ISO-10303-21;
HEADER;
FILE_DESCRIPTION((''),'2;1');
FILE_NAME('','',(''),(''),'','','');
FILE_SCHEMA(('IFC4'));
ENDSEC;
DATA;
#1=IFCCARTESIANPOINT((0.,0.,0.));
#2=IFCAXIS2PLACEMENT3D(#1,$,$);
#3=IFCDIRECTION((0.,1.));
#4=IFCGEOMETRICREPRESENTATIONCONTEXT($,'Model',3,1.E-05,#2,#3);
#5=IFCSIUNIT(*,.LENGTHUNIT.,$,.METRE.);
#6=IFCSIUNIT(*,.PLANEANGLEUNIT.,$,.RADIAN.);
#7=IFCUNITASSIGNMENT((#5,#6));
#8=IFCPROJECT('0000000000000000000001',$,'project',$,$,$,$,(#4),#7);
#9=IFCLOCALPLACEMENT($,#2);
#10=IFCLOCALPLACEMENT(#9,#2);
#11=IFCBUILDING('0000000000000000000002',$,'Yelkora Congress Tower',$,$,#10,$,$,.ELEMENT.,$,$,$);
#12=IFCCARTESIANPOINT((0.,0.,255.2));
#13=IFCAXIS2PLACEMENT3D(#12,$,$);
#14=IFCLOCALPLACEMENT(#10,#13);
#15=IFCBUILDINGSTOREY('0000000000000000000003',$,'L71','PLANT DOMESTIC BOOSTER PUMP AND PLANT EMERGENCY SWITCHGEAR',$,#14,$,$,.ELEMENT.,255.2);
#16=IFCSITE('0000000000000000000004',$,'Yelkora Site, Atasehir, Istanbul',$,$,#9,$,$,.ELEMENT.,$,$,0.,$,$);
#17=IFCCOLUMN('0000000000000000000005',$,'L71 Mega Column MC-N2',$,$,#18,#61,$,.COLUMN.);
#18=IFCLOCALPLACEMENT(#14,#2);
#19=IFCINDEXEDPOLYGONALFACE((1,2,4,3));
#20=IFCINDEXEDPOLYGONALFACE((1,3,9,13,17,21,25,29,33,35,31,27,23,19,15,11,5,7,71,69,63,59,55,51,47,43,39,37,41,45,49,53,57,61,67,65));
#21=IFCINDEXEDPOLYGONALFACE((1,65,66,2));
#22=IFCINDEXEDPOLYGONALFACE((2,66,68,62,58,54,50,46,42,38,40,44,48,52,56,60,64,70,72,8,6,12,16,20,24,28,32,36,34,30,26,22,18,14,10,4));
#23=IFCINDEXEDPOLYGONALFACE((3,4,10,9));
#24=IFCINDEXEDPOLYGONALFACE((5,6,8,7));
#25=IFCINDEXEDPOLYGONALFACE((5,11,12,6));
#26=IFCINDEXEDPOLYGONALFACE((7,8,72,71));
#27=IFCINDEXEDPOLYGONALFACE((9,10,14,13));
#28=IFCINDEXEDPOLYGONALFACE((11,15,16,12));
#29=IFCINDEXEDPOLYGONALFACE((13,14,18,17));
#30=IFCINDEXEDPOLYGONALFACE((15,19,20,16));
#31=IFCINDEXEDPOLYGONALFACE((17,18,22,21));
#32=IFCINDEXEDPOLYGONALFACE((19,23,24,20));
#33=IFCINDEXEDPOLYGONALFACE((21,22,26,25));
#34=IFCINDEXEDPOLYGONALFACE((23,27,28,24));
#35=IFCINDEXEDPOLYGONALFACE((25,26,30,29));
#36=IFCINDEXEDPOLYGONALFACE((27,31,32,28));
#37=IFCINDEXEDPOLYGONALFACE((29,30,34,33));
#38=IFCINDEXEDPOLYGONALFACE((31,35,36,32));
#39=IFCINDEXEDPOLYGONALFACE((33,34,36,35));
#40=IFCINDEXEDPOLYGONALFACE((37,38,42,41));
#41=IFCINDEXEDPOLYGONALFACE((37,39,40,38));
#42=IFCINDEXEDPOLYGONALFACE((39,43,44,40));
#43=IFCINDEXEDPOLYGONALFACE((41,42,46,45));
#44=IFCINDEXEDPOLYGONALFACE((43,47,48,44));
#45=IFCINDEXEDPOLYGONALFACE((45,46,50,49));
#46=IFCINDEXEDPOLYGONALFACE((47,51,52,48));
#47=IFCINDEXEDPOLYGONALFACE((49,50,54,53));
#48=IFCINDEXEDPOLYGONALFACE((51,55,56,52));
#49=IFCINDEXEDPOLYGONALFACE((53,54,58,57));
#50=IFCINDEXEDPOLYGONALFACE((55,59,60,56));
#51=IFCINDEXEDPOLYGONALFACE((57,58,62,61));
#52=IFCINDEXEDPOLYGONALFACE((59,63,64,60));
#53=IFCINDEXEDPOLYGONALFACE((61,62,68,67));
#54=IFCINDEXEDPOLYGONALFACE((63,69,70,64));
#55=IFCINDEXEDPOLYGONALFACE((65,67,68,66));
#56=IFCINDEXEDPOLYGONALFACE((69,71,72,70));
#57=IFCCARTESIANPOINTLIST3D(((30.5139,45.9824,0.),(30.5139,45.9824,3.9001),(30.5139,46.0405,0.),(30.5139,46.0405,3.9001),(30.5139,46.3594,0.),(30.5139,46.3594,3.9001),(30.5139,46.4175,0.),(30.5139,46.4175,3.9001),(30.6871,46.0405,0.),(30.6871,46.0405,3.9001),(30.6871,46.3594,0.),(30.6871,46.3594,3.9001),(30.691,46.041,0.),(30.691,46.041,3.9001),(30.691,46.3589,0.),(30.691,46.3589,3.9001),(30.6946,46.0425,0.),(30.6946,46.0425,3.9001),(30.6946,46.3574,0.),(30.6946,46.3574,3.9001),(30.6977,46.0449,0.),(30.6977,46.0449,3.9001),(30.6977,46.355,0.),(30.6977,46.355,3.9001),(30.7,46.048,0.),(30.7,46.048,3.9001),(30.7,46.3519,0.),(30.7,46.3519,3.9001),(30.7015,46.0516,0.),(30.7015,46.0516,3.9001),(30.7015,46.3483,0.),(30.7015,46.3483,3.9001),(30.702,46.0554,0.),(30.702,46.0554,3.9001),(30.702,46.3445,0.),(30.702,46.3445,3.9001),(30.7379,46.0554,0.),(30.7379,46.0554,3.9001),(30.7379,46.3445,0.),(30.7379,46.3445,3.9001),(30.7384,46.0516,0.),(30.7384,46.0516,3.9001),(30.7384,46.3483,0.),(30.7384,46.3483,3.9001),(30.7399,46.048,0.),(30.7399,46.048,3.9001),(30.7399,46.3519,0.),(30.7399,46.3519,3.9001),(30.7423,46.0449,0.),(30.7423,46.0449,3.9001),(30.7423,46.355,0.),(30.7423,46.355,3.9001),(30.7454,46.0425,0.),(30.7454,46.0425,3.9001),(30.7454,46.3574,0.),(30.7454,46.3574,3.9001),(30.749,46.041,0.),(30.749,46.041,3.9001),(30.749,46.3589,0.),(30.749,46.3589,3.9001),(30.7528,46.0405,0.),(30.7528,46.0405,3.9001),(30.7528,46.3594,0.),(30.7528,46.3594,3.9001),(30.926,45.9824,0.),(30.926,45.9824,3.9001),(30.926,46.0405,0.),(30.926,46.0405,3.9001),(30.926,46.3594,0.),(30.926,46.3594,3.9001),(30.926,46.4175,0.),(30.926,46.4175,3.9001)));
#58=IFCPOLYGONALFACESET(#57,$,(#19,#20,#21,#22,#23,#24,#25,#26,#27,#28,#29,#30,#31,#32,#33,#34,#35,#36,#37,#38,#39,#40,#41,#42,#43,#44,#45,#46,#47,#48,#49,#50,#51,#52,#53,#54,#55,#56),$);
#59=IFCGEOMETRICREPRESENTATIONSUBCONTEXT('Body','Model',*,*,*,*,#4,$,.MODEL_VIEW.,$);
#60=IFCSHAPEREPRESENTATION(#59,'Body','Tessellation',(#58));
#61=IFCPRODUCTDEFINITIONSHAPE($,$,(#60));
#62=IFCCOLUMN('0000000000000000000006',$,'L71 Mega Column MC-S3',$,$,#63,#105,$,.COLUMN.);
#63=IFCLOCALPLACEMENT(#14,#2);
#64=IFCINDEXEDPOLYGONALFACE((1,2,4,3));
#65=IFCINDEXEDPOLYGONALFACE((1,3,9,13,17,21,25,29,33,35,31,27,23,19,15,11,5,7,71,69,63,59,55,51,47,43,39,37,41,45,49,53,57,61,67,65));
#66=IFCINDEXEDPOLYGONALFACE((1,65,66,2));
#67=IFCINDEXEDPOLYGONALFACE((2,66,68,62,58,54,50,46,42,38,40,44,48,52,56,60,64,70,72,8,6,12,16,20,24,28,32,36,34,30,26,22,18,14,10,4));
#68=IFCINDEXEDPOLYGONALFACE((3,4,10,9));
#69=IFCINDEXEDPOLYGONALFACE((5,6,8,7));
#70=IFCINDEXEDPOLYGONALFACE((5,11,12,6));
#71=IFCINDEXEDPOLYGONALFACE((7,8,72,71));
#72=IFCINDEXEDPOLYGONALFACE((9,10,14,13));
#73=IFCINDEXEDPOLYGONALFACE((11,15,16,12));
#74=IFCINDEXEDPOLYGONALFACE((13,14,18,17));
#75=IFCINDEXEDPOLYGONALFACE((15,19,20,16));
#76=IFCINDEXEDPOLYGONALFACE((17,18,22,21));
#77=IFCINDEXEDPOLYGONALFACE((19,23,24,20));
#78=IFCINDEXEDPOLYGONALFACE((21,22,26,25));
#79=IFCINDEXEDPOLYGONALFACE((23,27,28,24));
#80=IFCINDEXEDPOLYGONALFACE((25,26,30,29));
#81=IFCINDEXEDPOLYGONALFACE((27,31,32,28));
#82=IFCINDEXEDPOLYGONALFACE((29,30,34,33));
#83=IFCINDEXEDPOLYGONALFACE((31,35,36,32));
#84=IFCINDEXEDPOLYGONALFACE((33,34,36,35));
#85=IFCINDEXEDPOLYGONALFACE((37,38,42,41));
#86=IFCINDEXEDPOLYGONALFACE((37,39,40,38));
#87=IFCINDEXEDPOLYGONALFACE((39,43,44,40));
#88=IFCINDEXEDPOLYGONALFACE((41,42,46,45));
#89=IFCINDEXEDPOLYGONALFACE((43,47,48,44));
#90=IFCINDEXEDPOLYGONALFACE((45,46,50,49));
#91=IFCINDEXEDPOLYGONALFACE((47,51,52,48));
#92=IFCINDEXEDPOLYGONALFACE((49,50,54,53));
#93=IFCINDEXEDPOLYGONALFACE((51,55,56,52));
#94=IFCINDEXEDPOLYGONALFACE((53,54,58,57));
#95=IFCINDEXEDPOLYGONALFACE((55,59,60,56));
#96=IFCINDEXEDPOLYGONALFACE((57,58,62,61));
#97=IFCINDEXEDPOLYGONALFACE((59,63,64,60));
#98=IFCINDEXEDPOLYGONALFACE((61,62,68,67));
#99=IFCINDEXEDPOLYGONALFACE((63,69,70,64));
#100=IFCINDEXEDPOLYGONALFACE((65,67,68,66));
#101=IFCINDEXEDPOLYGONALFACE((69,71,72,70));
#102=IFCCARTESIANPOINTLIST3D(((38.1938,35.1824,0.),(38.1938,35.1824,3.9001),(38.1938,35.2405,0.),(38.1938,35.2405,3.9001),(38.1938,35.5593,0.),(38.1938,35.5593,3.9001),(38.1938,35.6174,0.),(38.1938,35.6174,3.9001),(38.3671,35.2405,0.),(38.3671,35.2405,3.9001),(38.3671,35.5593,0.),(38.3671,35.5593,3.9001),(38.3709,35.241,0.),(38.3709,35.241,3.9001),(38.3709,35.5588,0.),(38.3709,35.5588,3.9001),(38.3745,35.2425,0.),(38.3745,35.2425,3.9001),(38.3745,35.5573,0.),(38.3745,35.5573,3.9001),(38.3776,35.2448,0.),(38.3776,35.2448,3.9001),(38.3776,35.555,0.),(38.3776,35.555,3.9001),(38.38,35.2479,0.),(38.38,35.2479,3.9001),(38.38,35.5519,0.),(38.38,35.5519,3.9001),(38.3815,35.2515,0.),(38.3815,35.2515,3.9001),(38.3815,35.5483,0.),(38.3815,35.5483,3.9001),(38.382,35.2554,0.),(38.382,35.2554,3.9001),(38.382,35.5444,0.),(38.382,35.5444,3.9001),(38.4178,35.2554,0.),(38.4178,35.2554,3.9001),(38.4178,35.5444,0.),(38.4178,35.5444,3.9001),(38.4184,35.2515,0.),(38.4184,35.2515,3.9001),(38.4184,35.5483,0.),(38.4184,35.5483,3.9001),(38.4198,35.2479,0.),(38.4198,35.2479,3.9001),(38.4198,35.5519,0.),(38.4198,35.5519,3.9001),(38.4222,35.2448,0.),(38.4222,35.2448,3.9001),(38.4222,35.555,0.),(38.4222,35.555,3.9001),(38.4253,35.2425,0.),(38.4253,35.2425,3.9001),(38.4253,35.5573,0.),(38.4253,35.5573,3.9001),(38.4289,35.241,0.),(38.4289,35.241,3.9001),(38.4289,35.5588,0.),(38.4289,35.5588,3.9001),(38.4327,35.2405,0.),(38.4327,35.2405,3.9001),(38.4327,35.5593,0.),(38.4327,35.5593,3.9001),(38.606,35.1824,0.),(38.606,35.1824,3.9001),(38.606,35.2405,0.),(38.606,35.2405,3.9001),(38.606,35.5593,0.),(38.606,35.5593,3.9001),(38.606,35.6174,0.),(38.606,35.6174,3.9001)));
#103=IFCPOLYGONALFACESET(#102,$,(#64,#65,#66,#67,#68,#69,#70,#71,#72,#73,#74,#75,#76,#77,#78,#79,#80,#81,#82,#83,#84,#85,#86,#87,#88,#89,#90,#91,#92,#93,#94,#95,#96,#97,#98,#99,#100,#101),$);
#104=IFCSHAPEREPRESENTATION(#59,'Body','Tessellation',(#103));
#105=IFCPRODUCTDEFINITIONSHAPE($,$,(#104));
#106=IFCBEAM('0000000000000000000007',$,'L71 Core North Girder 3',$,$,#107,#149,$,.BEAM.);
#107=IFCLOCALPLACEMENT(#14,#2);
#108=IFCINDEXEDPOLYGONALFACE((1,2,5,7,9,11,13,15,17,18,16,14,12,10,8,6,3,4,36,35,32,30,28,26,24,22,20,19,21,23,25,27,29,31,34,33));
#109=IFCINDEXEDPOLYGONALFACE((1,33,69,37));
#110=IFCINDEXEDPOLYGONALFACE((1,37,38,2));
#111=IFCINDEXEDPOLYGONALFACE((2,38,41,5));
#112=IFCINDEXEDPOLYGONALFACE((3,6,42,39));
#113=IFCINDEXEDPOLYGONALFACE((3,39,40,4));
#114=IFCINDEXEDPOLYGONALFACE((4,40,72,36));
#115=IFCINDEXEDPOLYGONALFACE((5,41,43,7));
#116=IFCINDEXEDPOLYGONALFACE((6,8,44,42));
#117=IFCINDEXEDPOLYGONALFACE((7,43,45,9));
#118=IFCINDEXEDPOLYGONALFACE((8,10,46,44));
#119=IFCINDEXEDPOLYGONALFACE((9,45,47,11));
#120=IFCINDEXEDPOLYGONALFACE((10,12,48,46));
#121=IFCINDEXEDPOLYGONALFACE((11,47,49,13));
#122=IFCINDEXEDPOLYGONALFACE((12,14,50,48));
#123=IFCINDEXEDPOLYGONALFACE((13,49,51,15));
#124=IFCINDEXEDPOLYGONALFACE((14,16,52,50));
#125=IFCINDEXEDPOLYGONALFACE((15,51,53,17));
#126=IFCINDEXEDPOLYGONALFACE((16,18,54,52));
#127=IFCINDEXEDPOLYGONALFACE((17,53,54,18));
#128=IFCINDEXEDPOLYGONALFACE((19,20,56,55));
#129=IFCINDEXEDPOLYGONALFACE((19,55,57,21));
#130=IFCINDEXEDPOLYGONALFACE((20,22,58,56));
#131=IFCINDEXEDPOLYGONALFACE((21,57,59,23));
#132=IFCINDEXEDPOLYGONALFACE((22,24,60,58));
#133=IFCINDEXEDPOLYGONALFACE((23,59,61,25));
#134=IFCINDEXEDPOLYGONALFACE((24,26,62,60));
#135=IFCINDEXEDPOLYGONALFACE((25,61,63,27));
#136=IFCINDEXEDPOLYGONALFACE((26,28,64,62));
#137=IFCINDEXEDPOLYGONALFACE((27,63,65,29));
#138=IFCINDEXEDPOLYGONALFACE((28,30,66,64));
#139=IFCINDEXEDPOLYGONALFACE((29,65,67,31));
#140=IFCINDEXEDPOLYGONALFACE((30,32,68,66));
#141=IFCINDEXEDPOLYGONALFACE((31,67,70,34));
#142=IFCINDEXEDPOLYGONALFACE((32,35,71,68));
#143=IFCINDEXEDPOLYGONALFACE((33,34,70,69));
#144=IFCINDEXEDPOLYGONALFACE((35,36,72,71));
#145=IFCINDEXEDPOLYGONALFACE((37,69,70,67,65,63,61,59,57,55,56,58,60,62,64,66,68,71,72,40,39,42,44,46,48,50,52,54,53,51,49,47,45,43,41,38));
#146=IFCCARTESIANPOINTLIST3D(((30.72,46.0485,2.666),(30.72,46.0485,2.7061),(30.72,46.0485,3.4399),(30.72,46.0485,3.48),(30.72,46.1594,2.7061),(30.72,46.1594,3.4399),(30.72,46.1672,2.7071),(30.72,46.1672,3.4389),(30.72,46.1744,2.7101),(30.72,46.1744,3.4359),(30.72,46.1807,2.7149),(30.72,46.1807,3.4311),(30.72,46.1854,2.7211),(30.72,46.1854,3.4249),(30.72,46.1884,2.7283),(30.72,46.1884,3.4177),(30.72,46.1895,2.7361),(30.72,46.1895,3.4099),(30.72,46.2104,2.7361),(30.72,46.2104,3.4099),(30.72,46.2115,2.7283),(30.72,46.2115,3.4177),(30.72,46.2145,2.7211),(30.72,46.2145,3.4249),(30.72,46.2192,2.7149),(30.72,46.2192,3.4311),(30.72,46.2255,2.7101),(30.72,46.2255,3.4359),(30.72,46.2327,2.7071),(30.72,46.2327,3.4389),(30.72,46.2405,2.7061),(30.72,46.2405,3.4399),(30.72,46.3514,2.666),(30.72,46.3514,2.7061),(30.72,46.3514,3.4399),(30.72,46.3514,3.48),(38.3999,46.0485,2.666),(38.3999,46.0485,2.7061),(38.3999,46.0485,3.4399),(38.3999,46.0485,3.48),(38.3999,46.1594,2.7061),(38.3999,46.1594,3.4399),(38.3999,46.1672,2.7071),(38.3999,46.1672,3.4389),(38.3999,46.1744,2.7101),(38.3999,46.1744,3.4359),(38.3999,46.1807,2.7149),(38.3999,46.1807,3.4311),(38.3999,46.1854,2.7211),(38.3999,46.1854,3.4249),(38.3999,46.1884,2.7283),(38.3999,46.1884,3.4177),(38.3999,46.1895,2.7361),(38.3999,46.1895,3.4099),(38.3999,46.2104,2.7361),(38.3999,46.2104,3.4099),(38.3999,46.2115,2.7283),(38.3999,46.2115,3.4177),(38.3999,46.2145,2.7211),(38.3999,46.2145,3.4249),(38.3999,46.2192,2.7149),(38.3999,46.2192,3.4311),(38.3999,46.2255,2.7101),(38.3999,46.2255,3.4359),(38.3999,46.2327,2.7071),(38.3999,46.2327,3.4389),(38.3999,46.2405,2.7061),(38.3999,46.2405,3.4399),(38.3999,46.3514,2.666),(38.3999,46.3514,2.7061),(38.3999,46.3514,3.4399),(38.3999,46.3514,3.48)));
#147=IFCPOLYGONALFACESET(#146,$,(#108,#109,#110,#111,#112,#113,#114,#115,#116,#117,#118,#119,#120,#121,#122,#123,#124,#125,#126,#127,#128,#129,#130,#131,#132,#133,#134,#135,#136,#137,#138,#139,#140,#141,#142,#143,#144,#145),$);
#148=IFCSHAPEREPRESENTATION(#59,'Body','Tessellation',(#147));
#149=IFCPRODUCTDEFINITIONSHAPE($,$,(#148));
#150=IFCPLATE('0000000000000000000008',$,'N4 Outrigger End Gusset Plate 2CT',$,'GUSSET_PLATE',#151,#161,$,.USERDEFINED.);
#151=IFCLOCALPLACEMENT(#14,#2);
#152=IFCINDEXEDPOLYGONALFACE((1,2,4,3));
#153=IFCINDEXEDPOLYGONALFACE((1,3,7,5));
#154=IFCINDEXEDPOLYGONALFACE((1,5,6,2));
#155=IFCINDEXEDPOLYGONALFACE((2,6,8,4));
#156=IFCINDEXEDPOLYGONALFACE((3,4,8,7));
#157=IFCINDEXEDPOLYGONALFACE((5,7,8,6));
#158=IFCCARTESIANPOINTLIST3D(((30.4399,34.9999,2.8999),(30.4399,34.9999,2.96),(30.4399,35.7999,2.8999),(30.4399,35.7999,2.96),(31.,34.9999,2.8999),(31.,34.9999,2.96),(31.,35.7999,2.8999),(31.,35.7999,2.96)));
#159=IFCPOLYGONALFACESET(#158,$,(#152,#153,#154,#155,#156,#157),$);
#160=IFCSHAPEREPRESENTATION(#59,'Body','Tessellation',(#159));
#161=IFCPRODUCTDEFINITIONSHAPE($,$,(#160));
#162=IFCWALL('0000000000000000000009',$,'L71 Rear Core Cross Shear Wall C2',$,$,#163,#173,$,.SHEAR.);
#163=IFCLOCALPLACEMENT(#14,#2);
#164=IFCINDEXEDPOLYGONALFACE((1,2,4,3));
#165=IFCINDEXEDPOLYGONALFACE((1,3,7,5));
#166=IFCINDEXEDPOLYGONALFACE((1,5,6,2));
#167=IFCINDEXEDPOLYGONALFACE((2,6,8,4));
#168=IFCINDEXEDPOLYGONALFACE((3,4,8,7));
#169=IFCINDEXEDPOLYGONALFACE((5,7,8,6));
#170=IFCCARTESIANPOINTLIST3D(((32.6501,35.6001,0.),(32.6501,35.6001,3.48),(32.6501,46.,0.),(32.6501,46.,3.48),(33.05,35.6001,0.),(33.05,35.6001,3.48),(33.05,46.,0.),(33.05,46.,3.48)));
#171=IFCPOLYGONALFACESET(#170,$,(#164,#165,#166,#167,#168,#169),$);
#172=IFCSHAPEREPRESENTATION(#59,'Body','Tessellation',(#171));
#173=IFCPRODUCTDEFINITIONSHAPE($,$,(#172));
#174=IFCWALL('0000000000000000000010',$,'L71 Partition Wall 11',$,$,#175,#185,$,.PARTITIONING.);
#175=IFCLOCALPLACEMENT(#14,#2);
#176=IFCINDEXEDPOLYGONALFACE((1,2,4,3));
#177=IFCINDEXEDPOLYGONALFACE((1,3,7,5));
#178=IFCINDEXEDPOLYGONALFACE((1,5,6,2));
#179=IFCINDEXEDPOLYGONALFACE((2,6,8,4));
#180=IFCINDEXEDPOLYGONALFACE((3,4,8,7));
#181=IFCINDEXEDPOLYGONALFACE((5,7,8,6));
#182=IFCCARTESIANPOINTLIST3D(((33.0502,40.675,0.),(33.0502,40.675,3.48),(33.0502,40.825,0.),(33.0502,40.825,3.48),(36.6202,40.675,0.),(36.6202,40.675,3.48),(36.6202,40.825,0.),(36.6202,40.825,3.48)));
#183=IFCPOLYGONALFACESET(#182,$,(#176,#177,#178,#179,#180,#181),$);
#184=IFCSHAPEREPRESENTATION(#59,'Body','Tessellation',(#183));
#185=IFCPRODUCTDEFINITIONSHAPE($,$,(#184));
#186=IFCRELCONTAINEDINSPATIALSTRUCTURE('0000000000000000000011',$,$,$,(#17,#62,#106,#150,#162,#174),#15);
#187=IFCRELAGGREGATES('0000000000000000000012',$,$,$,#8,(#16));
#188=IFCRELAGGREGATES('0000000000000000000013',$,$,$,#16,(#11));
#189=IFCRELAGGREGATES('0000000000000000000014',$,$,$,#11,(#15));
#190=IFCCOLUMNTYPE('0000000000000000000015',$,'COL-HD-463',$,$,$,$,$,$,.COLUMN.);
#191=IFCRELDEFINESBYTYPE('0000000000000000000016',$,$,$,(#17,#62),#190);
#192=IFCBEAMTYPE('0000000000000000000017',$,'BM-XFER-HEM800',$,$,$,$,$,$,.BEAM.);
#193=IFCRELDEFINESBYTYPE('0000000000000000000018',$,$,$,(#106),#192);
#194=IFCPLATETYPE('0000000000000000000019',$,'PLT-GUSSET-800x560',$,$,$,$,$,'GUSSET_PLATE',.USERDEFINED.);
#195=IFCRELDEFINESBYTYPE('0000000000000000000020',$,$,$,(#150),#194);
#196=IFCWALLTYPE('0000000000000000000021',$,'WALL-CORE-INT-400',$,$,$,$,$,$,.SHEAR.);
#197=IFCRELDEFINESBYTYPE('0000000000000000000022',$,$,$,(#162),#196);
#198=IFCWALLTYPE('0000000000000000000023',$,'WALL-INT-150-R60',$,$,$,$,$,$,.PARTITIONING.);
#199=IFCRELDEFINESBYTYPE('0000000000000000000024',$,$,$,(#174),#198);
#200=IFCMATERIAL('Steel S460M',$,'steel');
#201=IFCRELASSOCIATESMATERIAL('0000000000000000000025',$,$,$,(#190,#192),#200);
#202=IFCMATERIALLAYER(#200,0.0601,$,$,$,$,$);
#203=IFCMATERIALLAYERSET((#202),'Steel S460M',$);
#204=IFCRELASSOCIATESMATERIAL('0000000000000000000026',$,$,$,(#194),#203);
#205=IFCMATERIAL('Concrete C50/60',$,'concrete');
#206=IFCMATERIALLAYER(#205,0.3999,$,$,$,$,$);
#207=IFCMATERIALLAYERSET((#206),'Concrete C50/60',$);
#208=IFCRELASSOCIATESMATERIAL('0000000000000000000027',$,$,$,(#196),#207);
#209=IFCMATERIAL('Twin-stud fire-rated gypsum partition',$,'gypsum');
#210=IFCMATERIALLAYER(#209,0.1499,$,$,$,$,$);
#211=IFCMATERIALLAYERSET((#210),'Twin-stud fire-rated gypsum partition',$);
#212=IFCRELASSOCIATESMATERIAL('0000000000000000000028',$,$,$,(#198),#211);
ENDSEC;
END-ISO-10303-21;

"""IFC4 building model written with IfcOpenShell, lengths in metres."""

from ifc_helpers import new_model, si_unit, direction, frame, frame_2d, origin, origin_2d, place, context, subcontext, project, spatial, rectangle, i_section, extrude, material, layer, layer_set, material_profile, profile_set, type_object, element, save


model = new_model("IFC4")

# Units and contexts
model_context = context("Model", 3, precision=1e-05, world=origin(), true_north=direction((0.0, 1.0)))
body_context = subcontext(model_context, "Body", "Model", "MODEL_VIEW")
ifc_project = project(units=[si_unit("LENGTHUNIT", "METRE"), si_unit("PLANEANGLEUNIT", "RADIAN")], contexts=[model_context])

# Site, building, storey
site_placement = place(None, origin())
site = spatial("IfcSite", under=ifc_project, at=site_placement, Name="Yelkora Site, Atasehir, Istanbul", CompositionType="ELEMENT", RefElevation=0.0)
building_placement = place(site_placement, origin())
building = spatial("IfcBuilding", under=site, at=building_placement, Name="Yelkora Congress Tower", CompositionType="ELEMENT")
storey_placement = place(building_placement, frame((0.0, 0.0, 255.2)))
storey = spatial("IfcBuildingStorey", under=building, at=storey_placement, Name="L71", Description="PLANT DOMESTIC BOOSTER PUMP AND PLANT EMERGENCY SWITCHGEAR", CompositionType="ELEMENT", Elevation=255.2)

# Columns
ifc_material_1 = material(Name="Steel S460M", Category="steel")
ifc_material_profile_1 = material_profile(ifc_material_1, i_section(OverallWidth=0.4121, OverallDepth=0.4351, WebThickness=0.0359, FlangeThickness=0.0581, FilletRadius=0.0149, at=origin_2d()), Name="HD 400x463")
ifc_profile_set_1 = profile_set([ifc_material_profile_1], Name="Steel S460M")
column_type = type_object("IfcColumnType", Name="COL-HD-463", PredefinedType="COLUMN", material=ifc_profile_set_1)
for number, where, z_axis, x_axis, name in (
    (1, (30.72, 46.2, 0.0), (0.0, 0.0, 1.0), (1.0, 0.0, 0.0), "L71 Mega Column MC-N2"),
    (2, (38.3999, 35.3999, 0.0), (0.0, 0.0, 1.0), (1.0, 0.0, 0.0), "L71 Mega Column MC-S3"),
):
    element("IfcColumn", number, at=place(storey_placement, frame(where, z_axis=z_axis, x_axis=x_axis)), inside=storey, type_object=column_type, Name=name, PredefinedType="COLUMN", context=body_context, shape_type="SweptSolid", body=[
        extrude(i_section(OverallWidth=0.4121, OverallDepth=0.4351, WebThickness=0.0359, FlangeThickness=0.0581, FilletRadius=0.0149, at=origin_2d()), origin(), (0.0, 0.0, 1.0), 3.9001),
    ])

# Beam
ifc_material_profile_2 = material_profile(ifc_material_1, i_section(OverallWidth=0.303, OverallDepth=0.814, WebThickness=0.021, FlangeThickness=0.04, FilletRadius=0.03, at=origin_2d()), Name="HEM 800")
ifc_profile_set_2 = profile_set([ifc_material_profile_2], Name="Steel S460M")
beam_type = type_object("IfcBeamType", Name="BM-XFER-HEM800", PredefinedType="BEAM", material=ifc_profile_set_2)
beam_placement = place(storey_placement, frame((30.72, 46.2, 3.073), z_axis=(1.0, 0.0, 0.0), x_axis=(0.0, 1.0, 0.0)))
element("IfcBeam", 3, at=beam_placement, inside=storey, type_object=beam_type, Name="L71 Core North Girder 3", PredefinedType="BEAM", context=body_context, shape_type="SweptSolid", body=[
    extrude(i_section(OverallWidth=0.303, OverallDepth=0.814, WebThickness=0.021, FlangeThickness=0.04, FilletRadius=0.03, at=origin_2d()), origin(), (0.0, 0.0, 1.0), 7.6799),
])

# Plate
ifc_layer_1 = layer(ifc_material_1, 0.0601)
ifc_layer_set_1 = layer_set([ifc_layer_1], Name="Steel S460M")
plate_type = type_object("IfcPlateType", Name="PLT-GUSSET-800x560", ElementType="GUSSET_PLATE", PredefinedType="USERDEFINED", material=ifc_layer_set_1)
plate_placement = place(storey_placement, frame((30.72, 35.3999, 2.8999), z_axis=(0.0, 0.0, 1.0), x_axis=(0.0, 1.0, 0.0)))
element("IfcPlate", 4, at=plate_placement, inside=storey, type_object=plate_type, Name="N4 Outrigger End Gusset Plate 2CT", ObjectType="GUSSET_PLATE", PredefinedType="USERDEFINED", context=body_context, shape_type="SweptSolid", body=[
    extrude(rectangle(XDim=0.8, YDim=0.5601, at=origin_2d()), origin(), (0.0, 0.0, 1.0), 0.0601),
])

# Walls
ifc_material_2 = material(Name="Concrete C50/60", Category="concrete")
ifc_layer_2 = layer(ifc_material_2, 0.3999)
ifc_layer_set_2 = layer_set([ifc_layer_2], Name="Concrete C50/60")
wall_type_1 = type_object("IfcWallType", Name="WALL-CORE-INT-400", PredefinedType="SHEAR", material=ifc_layer_set_2)
wall_1_placement = place(storey_placement, frame((32.8501, 35.6001, 0.0), z_axis=(0.0, 0.0, 1.0), x_axis=(0.0, 1.0, 0.0)))
element("IfcWall", 5, at=wall_1_placement, inside=storey, type_object=wall_type_1, Name="L71 Rear Core Cross Shear Wall C2", PredefinedType="SHEAR", context=body_context, shape_type="SweptSolid", body=[
    extrude(rectangle(XDim=10.3999, YDim=0.3999, at=frame_2d((5.2, 0.0))), origin(), (0.0, 0.0, 1.0), 3.48),
])
ifc_material_3 = material(Name="Twin-stud fire-rated gypsum partition", Category="gypsum")
ifc_layer_3 = layer(ifc_material_3, 0.1499)
ifc_layer_set_3 = layer_set([ifc_layer_3], Name="Twin-stud fire-rated gypsum partition")
wall_type_2 = type_object("IfcWallType", Name="WALL-INT-150-R60", PredefinedType="PARTITIONING", material=ifc_layer_set_3)
wall_2_placement = place(storey_placement, frame((33.05, 40.75, 0.0), z_axis=(0.0, 0.0, 1.0), x_axis=(1.0, 0.0, 0.0)))
element("IfcWall", 6, at=wall_2_placement, inside=storey, type_object=wall_type_2, Name="L71 Partition Wall 11", PredefinedType="PARTITIONING", context=body_context, shape_type="SweptSolid", body=[
    extrude(rectangle(XDim=3.5701, YDim=0.1499, at=frame_2d((1.7852, 0.0))), origin(), (0.0, 0.0, 1.0), 3.48),
])

save(model, "model.ifc")
